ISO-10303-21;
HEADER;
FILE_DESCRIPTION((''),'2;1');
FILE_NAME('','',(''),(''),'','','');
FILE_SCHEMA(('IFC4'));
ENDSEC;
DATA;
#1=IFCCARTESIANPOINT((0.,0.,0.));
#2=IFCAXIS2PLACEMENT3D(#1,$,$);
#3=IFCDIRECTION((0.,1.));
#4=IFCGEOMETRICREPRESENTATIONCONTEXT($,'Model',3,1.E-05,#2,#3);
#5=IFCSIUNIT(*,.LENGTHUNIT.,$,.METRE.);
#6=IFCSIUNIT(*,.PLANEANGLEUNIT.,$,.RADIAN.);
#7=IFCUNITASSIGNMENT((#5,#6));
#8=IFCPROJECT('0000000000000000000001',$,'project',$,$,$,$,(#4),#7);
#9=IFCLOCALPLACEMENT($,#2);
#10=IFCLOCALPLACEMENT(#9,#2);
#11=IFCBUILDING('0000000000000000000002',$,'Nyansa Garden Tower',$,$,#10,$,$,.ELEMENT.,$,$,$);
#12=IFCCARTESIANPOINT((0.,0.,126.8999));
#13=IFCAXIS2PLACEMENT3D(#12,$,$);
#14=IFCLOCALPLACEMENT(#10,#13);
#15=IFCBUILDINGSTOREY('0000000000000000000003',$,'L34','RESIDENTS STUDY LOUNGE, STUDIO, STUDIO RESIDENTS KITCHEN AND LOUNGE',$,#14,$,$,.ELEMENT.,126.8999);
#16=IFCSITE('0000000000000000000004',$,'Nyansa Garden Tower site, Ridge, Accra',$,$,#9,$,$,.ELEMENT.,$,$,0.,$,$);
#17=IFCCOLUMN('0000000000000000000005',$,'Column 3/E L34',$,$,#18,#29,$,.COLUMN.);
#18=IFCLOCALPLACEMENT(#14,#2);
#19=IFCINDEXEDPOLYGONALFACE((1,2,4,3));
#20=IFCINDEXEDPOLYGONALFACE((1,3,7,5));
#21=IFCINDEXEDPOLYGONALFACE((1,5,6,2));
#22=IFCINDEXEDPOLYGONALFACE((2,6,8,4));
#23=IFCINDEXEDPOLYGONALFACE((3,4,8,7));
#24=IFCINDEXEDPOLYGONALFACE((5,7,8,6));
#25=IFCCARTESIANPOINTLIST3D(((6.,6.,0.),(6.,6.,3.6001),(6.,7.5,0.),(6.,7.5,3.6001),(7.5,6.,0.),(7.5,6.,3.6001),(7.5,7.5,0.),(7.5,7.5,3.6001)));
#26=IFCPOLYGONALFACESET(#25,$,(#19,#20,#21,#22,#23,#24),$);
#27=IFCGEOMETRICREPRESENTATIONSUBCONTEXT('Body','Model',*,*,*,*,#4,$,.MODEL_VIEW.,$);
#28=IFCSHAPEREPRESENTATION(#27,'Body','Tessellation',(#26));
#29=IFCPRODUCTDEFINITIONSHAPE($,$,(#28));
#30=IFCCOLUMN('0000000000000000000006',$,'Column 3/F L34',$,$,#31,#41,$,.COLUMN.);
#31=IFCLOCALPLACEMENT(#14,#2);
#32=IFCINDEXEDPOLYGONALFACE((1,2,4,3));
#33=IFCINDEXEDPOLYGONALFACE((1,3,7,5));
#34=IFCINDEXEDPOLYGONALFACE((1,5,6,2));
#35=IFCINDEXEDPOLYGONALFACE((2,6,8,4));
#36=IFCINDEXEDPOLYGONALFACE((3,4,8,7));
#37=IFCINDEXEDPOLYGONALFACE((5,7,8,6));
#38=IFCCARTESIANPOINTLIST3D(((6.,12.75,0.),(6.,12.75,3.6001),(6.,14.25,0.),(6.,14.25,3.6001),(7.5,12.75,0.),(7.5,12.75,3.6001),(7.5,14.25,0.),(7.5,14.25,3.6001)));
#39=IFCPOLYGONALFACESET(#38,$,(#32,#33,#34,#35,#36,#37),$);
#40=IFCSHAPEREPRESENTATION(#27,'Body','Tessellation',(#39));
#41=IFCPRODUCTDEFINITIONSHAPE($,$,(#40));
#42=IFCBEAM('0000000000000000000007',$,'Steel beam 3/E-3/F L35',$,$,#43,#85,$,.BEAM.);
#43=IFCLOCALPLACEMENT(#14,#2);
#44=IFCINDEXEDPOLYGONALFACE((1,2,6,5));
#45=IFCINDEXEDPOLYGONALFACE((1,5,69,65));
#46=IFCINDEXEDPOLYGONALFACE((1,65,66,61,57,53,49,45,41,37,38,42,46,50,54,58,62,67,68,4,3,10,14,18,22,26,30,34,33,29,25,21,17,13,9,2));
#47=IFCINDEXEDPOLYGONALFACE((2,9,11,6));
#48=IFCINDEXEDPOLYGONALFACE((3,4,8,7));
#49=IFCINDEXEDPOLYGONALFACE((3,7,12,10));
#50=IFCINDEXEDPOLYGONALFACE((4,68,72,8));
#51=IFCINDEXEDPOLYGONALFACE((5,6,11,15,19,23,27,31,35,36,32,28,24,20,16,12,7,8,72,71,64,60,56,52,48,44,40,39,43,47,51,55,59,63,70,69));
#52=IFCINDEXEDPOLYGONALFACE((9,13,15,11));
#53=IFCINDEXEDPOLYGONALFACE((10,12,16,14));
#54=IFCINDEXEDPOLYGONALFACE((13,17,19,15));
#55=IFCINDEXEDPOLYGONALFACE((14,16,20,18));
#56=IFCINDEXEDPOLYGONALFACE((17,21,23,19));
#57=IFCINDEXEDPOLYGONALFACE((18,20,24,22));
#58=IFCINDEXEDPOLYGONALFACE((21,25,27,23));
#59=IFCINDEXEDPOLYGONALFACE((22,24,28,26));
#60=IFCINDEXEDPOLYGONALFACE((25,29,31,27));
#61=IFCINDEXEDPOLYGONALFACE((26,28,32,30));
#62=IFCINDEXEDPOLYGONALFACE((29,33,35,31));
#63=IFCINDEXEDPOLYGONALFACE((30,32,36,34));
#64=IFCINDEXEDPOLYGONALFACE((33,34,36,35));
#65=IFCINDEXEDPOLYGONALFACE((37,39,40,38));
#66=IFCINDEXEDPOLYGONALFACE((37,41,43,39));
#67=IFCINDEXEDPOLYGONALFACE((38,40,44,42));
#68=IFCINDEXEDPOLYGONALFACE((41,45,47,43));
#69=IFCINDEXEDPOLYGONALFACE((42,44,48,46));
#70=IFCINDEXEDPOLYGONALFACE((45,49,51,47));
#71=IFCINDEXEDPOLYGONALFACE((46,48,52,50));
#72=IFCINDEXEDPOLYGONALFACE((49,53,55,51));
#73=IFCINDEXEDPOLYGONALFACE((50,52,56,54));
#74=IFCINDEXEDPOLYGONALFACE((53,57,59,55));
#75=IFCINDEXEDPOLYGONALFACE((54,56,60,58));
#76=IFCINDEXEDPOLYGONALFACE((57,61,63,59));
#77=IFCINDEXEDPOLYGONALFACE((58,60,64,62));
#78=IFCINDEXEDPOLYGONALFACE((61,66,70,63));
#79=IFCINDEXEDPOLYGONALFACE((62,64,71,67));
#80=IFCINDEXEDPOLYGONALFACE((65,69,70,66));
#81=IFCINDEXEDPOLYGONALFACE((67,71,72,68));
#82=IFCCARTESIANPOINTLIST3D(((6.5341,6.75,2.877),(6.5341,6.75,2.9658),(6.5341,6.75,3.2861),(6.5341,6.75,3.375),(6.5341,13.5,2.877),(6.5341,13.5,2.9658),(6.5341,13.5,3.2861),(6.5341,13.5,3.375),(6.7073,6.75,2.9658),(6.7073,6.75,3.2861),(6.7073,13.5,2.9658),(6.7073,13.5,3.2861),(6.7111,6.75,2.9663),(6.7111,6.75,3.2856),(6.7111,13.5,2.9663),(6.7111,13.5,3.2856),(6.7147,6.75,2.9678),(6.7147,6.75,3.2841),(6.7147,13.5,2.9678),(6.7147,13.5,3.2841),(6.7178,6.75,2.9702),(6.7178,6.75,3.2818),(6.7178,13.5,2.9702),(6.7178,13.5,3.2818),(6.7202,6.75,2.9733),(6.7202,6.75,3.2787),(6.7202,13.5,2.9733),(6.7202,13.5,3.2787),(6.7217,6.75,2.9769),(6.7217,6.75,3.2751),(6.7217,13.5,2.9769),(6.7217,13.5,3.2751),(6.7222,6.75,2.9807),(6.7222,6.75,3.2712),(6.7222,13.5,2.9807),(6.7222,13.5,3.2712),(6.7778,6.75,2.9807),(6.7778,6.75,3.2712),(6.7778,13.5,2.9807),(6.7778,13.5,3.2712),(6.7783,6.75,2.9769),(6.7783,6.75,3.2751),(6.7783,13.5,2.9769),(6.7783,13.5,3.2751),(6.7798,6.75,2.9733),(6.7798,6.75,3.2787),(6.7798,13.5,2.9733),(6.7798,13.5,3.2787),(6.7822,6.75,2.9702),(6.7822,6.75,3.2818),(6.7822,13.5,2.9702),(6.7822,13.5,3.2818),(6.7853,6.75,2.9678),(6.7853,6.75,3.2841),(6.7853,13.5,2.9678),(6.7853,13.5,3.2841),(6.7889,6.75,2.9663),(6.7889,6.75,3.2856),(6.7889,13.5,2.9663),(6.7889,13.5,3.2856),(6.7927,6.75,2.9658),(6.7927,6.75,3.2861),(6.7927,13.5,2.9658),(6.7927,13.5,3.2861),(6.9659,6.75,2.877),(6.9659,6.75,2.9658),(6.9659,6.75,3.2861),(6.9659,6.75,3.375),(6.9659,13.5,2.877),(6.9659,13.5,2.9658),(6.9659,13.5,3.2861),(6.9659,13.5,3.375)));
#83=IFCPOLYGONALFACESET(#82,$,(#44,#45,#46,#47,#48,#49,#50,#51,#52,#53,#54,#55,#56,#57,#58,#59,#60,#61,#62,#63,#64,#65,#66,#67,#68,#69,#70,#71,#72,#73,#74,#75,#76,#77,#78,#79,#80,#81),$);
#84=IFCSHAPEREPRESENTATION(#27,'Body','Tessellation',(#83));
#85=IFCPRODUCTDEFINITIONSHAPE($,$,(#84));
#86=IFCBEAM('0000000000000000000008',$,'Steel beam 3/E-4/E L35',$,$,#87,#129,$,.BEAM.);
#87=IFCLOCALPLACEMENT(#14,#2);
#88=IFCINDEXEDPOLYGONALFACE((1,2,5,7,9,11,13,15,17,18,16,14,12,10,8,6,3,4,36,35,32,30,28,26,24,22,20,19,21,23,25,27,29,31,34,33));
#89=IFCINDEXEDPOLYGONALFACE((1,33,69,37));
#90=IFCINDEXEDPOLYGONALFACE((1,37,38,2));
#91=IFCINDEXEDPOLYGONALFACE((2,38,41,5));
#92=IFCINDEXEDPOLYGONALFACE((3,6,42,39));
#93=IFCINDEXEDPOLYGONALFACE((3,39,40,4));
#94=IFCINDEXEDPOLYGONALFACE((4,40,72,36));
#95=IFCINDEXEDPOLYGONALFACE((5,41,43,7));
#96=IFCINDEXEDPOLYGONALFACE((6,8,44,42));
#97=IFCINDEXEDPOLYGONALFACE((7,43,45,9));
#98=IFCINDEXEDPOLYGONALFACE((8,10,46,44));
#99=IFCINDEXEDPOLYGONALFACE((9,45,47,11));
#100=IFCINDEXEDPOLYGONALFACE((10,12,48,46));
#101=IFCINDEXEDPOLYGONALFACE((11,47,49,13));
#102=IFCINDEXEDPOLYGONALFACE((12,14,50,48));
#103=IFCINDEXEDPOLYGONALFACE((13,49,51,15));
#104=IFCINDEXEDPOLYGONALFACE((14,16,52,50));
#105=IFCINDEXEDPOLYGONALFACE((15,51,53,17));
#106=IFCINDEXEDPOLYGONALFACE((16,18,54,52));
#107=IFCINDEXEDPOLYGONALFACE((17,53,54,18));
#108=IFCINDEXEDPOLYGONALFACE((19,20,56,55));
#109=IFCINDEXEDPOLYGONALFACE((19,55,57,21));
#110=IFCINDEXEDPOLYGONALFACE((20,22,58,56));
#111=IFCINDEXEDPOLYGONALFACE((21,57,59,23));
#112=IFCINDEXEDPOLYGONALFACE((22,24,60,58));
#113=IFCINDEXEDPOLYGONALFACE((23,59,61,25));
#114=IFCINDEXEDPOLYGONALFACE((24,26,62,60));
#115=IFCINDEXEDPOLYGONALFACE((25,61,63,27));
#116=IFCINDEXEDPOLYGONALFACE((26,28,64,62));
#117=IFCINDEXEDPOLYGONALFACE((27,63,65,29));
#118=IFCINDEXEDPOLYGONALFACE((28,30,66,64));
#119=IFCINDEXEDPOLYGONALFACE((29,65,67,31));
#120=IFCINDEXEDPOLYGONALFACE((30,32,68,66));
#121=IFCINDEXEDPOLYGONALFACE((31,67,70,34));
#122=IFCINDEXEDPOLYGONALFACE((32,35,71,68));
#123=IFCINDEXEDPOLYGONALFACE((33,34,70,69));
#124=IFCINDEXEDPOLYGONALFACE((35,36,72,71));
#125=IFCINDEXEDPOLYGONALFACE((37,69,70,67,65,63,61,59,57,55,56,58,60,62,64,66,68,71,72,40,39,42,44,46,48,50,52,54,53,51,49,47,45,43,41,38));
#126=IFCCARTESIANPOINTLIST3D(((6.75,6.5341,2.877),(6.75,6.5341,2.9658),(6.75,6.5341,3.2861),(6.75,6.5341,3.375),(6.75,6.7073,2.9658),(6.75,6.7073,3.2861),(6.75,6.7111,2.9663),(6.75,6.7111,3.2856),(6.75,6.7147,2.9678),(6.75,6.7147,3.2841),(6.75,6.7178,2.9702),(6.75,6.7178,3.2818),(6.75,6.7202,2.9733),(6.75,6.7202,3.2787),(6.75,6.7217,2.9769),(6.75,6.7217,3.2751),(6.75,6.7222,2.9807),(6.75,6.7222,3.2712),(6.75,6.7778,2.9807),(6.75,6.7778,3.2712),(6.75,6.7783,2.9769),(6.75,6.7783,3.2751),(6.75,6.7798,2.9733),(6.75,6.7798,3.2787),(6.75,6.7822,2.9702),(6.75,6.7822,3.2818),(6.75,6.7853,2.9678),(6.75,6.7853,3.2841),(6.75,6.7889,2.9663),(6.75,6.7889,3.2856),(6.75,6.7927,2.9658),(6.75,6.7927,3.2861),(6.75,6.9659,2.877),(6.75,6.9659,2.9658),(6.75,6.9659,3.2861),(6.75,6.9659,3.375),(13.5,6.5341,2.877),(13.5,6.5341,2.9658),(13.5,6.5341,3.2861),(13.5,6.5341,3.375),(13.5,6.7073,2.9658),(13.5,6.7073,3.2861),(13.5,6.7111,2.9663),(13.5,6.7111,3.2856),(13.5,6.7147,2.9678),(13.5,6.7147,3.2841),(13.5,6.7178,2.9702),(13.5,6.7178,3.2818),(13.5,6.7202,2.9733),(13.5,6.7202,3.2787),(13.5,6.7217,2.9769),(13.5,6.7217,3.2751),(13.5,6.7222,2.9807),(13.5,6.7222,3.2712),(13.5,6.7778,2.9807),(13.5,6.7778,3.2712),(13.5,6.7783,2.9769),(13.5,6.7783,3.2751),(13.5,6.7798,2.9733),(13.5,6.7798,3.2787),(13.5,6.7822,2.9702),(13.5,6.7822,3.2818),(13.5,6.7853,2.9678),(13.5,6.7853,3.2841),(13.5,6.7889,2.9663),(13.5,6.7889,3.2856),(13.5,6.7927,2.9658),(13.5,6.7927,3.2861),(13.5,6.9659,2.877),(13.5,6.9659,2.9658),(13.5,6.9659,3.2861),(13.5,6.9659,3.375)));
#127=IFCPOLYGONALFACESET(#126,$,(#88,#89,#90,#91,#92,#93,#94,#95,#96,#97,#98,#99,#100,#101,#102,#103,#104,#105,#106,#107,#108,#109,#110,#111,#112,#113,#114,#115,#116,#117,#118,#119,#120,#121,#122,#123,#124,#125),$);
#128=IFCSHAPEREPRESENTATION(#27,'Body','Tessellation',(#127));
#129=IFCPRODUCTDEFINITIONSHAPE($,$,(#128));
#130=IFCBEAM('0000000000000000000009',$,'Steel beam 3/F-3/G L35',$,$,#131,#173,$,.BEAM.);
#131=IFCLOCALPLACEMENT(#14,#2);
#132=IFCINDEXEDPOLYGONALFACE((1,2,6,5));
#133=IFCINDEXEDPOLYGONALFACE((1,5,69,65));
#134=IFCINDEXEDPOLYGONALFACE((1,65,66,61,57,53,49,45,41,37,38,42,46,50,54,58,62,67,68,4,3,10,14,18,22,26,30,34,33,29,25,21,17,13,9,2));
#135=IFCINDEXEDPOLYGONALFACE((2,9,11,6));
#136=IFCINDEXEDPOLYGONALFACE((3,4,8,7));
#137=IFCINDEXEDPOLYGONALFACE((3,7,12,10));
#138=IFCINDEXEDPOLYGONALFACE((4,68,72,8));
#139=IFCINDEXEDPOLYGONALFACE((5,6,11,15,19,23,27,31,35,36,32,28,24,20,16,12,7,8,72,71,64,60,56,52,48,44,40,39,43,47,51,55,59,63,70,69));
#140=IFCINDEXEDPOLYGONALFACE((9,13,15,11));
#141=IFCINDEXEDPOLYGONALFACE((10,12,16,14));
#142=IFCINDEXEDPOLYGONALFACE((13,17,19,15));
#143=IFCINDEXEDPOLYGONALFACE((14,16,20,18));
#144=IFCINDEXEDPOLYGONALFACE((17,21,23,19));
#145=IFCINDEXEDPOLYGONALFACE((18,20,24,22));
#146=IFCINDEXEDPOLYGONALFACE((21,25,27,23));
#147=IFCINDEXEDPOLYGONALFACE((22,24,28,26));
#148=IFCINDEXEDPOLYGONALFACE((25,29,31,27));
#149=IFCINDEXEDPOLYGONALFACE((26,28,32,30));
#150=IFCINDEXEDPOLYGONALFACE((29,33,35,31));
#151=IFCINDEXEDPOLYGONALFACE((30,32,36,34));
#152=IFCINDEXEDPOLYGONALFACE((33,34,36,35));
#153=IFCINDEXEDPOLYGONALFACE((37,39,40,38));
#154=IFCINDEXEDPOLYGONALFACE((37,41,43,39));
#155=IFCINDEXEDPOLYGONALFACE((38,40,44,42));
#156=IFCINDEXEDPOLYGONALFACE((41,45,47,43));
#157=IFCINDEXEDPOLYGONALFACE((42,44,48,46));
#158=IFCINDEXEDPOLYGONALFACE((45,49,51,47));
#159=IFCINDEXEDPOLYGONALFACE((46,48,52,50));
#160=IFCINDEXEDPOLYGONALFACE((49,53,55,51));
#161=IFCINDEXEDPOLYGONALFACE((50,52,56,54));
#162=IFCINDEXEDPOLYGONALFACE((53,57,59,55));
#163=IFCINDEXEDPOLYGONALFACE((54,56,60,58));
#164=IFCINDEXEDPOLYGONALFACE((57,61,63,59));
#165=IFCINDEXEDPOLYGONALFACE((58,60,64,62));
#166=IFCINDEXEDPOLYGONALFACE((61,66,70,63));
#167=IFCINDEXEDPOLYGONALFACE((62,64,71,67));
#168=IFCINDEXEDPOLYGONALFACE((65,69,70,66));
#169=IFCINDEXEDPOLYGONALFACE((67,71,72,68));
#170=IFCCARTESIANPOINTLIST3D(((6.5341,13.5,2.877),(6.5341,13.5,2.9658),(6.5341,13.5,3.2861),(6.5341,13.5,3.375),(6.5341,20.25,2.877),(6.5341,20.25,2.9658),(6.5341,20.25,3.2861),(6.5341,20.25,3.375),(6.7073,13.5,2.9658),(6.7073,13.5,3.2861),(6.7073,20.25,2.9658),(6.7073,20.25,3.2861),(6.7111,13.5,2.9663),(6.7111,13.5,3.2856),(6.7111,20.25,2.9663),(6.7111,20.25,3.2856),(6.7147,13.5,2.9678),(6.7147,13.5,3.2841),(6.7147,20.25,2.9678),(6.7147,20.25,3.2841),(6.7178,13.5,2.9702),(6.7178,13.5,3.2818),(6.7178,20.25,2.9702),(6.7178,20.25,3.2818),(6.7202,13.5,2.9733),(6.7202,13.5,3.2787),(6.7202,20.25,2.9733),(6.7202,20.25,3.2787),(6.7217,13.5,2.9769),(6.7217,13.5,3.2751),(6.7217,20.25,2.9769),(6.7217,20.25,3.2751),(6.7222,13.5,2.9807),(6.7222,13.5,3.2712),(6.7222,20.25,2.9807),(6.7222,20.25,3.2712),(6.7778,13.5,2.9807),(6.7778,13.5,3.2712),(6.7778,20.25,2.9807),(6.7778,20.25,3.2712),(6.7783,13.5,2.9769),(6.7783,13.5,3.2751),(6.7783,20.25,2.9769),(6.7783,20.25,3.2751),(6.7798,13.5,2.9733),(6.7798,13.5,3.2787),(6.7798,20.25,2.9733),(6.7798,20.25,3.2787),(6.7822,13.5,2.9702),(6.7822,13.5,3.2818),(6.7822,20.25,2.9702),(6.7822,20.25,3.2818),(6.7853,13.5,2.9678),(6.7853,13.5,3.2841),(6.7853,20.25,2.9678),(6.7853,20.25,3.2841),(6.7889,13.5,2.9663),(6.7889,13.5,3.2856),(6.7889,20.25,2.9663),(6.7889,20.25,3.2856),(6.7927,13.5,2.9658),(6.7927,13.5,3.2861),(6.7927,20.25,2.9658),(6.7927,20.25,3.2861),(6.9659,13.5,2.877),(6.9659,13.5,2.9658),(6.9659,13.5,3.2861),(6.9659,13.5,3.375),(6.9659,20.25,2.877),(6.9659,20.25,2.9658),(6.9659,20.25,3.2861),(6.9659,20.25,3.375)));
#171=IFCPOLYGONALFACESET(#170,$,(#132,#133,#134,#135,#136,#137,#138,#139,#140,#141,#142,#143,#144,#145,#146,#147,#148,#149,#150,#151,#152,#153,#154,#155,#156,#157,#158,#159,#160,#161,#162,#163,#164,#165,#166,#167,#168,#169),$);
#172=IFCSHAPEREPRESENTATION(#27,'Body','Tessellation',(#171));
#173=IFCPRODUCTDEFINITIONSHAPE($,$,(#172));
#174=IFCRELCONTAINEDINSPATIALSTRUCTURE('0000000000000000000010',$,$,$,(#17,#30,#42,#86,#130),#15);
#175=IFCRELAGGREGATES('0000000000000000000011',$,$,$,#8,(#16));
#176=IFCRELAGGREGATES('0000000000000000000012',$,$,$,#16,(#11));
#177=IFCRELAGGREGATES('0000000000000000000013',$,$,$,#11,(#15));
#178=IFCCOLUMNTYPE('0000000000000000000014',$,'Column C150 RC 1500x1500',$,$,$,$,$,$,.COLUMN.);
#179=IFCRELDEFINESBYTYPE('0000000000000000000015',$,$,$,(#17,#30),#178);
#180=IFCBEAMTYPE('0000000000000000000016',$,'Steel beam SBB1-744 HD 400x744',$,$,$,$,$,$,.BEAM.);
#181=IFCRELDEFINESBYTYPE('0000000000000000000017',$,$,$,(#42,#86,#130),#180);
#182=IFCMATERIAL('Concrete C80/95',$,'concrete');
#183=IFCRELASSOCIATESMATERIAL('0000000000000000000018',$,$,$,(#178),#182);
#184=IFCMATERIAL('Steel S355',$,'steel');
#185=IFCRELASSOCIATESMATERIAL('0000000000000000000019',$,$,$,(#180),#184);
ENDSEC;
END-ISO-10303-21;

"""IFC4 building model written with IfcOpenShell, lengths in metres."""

from ifc_helpers import new_model, si_unit, direction, frame, origin, origin_2d, place, context, subcontext, project, spatial, rectangle, i_section, extrude, material, material_profile, profile_set, type_object, element, save


model = new_model("IFC4")

# Units and contexts
model_context = context("Model", 3, precision=1e-05, world=origin(), true_north=direction((0.0, 1.0)))
body_context = subcontext(model_context, "Body", "Model", "MODEL_VIEW")
ifc_project = project(units=[si_unit("LENGTHUNIT", "METRE"), si_unit("PLANEANGLEUNIT", "RADIAN")], contexts=[model_context])

# Site, building, storey
site_placement = place(None, origin())
site = spatial("IfcSite", under=ifc_project, at=site_placement, Name="Nyansa Garden Tower site, Ridge, Accra", CompositionType="ELEMENT", RefElevation=0.0)
building_placement = place(site_placement, origin())
building = spatial("IfcBuilding", under=site, at=building_placement, Name="Nyansa Garden Tower", CompositionType="ELEMENT")
storey_placement = place(building_placement, frame((0.0, 0.0, 126.8999)))
storey = spatial("IfcBuildingStorey", under=building, at=storey_placement, Name="L34", Description="RESIDENTS STUDY LOUNGE, STUDIO, STUDIO RESIDENTS KITCHEN AND LOUNGE", CompositionType="ELEMENT", Elevation=126.8999)

# Columns
ifc_material_1 = material(Name="Concrete C80/95", Category="concrete")
ifc_material_profile_1 = material_profile(ifc_material_1, rectangle(XDim=1.5, YDim=1.5, at=origin_2d()), Name="RC 1500x1500")
ifc_profile_set_1 = profile_set([ifc_material_profile_1], Name="Concrete C80/95")
column_type = type_object("IfcColumnType", Name="Column C150 RC 1500x1500", PredefinedType="COLUMN", material=ifc_profile_set_1)
for number, where, z_axis, x_axis, name in (
    (1, (6.75, 6.75, 0.0), (0.0, 0.0, 1.0), (1.0, 0.0, 0.0), "Column 3/E L34"),
    (2, (6.75, 13.5, 0.0), (0.0, 0.0, 1.0), (1.0, 0.0, 0.0), "Column 3/F L34"),
):
    element("IfcColumn", number, at=place(storey_placement, frame(where, z_axis=z_axis, x_axis=x_axis)), inside=storey, type_object=column_type, Name=name, PredefinedType="COLUMN", context=body_context, shape_type="SweptSolid", body=[
        extrude(rectangle(XDim=1.5, YDim=1.5, at=origin_2d()), origin(), (0.0, 0.0, 1.0), 3.6001),
    ])

# Beams
ifc_material_2 = material(Name="Steel S355", Category="steel")
ifc_material_profile_2 = material_profile(ifc_material_2, i_section(OverallWidth=0.4319, OverallDepth=0.498, WebThickness=0.0557, FlangeThickness=0.0889, FilletRadius=0.0149, at=origin_2d()), Name="HD 400x744")
ifc_profile_set_2 = profile_set([ifc_material_profile_2], Name="Steel S355")
beam_type_1 = type_object("IfcBeamType", Name="Steel beam SBB1-744 HD 400x744", PredefinedType="BEAM", material=ifc_profile_set_2)
for number, where, z_axis, x_axis, name in (
    (3, (6.75, 6.75, 3.126), (0.0, 1.0, 0.0), (-1.0, 0.0, 0.0), "Steel beam 3/E-3/F L35"),
    (4, (6.75, 6.75, 3.126), (1.0, 0.0, 0.0), (0.0, 1.0, 0.0), "Steel beam 3/E-4/E L35"),
    (5, (6.75, 13.5, 3.126), (0.0, 1.0, 0.0), (-1.0, 0.0, 0.0), "Steel beam 3/F-3/G L35"),
):
    element("IfcBeam", number, at=place(storey_placement, frame(where, z_axis=z_axis, x_axis=x_axis)), inside=storey, type_object=beam_type_1, Name=name, PredefinedType="BEAM", context=body_context, shape_type="SweptSolid", body=[
        extrude(i_section(OverallWidth=0.4319, OverallDepth=0.498, WebThickness=0.0557, FlangeThickness=0.0889, FilletRadius=0.0149, at=origin_2d()), origin(), (0.0, 0.0, 1.0), 6.75),
    ])

save(model, "model.ifc")
